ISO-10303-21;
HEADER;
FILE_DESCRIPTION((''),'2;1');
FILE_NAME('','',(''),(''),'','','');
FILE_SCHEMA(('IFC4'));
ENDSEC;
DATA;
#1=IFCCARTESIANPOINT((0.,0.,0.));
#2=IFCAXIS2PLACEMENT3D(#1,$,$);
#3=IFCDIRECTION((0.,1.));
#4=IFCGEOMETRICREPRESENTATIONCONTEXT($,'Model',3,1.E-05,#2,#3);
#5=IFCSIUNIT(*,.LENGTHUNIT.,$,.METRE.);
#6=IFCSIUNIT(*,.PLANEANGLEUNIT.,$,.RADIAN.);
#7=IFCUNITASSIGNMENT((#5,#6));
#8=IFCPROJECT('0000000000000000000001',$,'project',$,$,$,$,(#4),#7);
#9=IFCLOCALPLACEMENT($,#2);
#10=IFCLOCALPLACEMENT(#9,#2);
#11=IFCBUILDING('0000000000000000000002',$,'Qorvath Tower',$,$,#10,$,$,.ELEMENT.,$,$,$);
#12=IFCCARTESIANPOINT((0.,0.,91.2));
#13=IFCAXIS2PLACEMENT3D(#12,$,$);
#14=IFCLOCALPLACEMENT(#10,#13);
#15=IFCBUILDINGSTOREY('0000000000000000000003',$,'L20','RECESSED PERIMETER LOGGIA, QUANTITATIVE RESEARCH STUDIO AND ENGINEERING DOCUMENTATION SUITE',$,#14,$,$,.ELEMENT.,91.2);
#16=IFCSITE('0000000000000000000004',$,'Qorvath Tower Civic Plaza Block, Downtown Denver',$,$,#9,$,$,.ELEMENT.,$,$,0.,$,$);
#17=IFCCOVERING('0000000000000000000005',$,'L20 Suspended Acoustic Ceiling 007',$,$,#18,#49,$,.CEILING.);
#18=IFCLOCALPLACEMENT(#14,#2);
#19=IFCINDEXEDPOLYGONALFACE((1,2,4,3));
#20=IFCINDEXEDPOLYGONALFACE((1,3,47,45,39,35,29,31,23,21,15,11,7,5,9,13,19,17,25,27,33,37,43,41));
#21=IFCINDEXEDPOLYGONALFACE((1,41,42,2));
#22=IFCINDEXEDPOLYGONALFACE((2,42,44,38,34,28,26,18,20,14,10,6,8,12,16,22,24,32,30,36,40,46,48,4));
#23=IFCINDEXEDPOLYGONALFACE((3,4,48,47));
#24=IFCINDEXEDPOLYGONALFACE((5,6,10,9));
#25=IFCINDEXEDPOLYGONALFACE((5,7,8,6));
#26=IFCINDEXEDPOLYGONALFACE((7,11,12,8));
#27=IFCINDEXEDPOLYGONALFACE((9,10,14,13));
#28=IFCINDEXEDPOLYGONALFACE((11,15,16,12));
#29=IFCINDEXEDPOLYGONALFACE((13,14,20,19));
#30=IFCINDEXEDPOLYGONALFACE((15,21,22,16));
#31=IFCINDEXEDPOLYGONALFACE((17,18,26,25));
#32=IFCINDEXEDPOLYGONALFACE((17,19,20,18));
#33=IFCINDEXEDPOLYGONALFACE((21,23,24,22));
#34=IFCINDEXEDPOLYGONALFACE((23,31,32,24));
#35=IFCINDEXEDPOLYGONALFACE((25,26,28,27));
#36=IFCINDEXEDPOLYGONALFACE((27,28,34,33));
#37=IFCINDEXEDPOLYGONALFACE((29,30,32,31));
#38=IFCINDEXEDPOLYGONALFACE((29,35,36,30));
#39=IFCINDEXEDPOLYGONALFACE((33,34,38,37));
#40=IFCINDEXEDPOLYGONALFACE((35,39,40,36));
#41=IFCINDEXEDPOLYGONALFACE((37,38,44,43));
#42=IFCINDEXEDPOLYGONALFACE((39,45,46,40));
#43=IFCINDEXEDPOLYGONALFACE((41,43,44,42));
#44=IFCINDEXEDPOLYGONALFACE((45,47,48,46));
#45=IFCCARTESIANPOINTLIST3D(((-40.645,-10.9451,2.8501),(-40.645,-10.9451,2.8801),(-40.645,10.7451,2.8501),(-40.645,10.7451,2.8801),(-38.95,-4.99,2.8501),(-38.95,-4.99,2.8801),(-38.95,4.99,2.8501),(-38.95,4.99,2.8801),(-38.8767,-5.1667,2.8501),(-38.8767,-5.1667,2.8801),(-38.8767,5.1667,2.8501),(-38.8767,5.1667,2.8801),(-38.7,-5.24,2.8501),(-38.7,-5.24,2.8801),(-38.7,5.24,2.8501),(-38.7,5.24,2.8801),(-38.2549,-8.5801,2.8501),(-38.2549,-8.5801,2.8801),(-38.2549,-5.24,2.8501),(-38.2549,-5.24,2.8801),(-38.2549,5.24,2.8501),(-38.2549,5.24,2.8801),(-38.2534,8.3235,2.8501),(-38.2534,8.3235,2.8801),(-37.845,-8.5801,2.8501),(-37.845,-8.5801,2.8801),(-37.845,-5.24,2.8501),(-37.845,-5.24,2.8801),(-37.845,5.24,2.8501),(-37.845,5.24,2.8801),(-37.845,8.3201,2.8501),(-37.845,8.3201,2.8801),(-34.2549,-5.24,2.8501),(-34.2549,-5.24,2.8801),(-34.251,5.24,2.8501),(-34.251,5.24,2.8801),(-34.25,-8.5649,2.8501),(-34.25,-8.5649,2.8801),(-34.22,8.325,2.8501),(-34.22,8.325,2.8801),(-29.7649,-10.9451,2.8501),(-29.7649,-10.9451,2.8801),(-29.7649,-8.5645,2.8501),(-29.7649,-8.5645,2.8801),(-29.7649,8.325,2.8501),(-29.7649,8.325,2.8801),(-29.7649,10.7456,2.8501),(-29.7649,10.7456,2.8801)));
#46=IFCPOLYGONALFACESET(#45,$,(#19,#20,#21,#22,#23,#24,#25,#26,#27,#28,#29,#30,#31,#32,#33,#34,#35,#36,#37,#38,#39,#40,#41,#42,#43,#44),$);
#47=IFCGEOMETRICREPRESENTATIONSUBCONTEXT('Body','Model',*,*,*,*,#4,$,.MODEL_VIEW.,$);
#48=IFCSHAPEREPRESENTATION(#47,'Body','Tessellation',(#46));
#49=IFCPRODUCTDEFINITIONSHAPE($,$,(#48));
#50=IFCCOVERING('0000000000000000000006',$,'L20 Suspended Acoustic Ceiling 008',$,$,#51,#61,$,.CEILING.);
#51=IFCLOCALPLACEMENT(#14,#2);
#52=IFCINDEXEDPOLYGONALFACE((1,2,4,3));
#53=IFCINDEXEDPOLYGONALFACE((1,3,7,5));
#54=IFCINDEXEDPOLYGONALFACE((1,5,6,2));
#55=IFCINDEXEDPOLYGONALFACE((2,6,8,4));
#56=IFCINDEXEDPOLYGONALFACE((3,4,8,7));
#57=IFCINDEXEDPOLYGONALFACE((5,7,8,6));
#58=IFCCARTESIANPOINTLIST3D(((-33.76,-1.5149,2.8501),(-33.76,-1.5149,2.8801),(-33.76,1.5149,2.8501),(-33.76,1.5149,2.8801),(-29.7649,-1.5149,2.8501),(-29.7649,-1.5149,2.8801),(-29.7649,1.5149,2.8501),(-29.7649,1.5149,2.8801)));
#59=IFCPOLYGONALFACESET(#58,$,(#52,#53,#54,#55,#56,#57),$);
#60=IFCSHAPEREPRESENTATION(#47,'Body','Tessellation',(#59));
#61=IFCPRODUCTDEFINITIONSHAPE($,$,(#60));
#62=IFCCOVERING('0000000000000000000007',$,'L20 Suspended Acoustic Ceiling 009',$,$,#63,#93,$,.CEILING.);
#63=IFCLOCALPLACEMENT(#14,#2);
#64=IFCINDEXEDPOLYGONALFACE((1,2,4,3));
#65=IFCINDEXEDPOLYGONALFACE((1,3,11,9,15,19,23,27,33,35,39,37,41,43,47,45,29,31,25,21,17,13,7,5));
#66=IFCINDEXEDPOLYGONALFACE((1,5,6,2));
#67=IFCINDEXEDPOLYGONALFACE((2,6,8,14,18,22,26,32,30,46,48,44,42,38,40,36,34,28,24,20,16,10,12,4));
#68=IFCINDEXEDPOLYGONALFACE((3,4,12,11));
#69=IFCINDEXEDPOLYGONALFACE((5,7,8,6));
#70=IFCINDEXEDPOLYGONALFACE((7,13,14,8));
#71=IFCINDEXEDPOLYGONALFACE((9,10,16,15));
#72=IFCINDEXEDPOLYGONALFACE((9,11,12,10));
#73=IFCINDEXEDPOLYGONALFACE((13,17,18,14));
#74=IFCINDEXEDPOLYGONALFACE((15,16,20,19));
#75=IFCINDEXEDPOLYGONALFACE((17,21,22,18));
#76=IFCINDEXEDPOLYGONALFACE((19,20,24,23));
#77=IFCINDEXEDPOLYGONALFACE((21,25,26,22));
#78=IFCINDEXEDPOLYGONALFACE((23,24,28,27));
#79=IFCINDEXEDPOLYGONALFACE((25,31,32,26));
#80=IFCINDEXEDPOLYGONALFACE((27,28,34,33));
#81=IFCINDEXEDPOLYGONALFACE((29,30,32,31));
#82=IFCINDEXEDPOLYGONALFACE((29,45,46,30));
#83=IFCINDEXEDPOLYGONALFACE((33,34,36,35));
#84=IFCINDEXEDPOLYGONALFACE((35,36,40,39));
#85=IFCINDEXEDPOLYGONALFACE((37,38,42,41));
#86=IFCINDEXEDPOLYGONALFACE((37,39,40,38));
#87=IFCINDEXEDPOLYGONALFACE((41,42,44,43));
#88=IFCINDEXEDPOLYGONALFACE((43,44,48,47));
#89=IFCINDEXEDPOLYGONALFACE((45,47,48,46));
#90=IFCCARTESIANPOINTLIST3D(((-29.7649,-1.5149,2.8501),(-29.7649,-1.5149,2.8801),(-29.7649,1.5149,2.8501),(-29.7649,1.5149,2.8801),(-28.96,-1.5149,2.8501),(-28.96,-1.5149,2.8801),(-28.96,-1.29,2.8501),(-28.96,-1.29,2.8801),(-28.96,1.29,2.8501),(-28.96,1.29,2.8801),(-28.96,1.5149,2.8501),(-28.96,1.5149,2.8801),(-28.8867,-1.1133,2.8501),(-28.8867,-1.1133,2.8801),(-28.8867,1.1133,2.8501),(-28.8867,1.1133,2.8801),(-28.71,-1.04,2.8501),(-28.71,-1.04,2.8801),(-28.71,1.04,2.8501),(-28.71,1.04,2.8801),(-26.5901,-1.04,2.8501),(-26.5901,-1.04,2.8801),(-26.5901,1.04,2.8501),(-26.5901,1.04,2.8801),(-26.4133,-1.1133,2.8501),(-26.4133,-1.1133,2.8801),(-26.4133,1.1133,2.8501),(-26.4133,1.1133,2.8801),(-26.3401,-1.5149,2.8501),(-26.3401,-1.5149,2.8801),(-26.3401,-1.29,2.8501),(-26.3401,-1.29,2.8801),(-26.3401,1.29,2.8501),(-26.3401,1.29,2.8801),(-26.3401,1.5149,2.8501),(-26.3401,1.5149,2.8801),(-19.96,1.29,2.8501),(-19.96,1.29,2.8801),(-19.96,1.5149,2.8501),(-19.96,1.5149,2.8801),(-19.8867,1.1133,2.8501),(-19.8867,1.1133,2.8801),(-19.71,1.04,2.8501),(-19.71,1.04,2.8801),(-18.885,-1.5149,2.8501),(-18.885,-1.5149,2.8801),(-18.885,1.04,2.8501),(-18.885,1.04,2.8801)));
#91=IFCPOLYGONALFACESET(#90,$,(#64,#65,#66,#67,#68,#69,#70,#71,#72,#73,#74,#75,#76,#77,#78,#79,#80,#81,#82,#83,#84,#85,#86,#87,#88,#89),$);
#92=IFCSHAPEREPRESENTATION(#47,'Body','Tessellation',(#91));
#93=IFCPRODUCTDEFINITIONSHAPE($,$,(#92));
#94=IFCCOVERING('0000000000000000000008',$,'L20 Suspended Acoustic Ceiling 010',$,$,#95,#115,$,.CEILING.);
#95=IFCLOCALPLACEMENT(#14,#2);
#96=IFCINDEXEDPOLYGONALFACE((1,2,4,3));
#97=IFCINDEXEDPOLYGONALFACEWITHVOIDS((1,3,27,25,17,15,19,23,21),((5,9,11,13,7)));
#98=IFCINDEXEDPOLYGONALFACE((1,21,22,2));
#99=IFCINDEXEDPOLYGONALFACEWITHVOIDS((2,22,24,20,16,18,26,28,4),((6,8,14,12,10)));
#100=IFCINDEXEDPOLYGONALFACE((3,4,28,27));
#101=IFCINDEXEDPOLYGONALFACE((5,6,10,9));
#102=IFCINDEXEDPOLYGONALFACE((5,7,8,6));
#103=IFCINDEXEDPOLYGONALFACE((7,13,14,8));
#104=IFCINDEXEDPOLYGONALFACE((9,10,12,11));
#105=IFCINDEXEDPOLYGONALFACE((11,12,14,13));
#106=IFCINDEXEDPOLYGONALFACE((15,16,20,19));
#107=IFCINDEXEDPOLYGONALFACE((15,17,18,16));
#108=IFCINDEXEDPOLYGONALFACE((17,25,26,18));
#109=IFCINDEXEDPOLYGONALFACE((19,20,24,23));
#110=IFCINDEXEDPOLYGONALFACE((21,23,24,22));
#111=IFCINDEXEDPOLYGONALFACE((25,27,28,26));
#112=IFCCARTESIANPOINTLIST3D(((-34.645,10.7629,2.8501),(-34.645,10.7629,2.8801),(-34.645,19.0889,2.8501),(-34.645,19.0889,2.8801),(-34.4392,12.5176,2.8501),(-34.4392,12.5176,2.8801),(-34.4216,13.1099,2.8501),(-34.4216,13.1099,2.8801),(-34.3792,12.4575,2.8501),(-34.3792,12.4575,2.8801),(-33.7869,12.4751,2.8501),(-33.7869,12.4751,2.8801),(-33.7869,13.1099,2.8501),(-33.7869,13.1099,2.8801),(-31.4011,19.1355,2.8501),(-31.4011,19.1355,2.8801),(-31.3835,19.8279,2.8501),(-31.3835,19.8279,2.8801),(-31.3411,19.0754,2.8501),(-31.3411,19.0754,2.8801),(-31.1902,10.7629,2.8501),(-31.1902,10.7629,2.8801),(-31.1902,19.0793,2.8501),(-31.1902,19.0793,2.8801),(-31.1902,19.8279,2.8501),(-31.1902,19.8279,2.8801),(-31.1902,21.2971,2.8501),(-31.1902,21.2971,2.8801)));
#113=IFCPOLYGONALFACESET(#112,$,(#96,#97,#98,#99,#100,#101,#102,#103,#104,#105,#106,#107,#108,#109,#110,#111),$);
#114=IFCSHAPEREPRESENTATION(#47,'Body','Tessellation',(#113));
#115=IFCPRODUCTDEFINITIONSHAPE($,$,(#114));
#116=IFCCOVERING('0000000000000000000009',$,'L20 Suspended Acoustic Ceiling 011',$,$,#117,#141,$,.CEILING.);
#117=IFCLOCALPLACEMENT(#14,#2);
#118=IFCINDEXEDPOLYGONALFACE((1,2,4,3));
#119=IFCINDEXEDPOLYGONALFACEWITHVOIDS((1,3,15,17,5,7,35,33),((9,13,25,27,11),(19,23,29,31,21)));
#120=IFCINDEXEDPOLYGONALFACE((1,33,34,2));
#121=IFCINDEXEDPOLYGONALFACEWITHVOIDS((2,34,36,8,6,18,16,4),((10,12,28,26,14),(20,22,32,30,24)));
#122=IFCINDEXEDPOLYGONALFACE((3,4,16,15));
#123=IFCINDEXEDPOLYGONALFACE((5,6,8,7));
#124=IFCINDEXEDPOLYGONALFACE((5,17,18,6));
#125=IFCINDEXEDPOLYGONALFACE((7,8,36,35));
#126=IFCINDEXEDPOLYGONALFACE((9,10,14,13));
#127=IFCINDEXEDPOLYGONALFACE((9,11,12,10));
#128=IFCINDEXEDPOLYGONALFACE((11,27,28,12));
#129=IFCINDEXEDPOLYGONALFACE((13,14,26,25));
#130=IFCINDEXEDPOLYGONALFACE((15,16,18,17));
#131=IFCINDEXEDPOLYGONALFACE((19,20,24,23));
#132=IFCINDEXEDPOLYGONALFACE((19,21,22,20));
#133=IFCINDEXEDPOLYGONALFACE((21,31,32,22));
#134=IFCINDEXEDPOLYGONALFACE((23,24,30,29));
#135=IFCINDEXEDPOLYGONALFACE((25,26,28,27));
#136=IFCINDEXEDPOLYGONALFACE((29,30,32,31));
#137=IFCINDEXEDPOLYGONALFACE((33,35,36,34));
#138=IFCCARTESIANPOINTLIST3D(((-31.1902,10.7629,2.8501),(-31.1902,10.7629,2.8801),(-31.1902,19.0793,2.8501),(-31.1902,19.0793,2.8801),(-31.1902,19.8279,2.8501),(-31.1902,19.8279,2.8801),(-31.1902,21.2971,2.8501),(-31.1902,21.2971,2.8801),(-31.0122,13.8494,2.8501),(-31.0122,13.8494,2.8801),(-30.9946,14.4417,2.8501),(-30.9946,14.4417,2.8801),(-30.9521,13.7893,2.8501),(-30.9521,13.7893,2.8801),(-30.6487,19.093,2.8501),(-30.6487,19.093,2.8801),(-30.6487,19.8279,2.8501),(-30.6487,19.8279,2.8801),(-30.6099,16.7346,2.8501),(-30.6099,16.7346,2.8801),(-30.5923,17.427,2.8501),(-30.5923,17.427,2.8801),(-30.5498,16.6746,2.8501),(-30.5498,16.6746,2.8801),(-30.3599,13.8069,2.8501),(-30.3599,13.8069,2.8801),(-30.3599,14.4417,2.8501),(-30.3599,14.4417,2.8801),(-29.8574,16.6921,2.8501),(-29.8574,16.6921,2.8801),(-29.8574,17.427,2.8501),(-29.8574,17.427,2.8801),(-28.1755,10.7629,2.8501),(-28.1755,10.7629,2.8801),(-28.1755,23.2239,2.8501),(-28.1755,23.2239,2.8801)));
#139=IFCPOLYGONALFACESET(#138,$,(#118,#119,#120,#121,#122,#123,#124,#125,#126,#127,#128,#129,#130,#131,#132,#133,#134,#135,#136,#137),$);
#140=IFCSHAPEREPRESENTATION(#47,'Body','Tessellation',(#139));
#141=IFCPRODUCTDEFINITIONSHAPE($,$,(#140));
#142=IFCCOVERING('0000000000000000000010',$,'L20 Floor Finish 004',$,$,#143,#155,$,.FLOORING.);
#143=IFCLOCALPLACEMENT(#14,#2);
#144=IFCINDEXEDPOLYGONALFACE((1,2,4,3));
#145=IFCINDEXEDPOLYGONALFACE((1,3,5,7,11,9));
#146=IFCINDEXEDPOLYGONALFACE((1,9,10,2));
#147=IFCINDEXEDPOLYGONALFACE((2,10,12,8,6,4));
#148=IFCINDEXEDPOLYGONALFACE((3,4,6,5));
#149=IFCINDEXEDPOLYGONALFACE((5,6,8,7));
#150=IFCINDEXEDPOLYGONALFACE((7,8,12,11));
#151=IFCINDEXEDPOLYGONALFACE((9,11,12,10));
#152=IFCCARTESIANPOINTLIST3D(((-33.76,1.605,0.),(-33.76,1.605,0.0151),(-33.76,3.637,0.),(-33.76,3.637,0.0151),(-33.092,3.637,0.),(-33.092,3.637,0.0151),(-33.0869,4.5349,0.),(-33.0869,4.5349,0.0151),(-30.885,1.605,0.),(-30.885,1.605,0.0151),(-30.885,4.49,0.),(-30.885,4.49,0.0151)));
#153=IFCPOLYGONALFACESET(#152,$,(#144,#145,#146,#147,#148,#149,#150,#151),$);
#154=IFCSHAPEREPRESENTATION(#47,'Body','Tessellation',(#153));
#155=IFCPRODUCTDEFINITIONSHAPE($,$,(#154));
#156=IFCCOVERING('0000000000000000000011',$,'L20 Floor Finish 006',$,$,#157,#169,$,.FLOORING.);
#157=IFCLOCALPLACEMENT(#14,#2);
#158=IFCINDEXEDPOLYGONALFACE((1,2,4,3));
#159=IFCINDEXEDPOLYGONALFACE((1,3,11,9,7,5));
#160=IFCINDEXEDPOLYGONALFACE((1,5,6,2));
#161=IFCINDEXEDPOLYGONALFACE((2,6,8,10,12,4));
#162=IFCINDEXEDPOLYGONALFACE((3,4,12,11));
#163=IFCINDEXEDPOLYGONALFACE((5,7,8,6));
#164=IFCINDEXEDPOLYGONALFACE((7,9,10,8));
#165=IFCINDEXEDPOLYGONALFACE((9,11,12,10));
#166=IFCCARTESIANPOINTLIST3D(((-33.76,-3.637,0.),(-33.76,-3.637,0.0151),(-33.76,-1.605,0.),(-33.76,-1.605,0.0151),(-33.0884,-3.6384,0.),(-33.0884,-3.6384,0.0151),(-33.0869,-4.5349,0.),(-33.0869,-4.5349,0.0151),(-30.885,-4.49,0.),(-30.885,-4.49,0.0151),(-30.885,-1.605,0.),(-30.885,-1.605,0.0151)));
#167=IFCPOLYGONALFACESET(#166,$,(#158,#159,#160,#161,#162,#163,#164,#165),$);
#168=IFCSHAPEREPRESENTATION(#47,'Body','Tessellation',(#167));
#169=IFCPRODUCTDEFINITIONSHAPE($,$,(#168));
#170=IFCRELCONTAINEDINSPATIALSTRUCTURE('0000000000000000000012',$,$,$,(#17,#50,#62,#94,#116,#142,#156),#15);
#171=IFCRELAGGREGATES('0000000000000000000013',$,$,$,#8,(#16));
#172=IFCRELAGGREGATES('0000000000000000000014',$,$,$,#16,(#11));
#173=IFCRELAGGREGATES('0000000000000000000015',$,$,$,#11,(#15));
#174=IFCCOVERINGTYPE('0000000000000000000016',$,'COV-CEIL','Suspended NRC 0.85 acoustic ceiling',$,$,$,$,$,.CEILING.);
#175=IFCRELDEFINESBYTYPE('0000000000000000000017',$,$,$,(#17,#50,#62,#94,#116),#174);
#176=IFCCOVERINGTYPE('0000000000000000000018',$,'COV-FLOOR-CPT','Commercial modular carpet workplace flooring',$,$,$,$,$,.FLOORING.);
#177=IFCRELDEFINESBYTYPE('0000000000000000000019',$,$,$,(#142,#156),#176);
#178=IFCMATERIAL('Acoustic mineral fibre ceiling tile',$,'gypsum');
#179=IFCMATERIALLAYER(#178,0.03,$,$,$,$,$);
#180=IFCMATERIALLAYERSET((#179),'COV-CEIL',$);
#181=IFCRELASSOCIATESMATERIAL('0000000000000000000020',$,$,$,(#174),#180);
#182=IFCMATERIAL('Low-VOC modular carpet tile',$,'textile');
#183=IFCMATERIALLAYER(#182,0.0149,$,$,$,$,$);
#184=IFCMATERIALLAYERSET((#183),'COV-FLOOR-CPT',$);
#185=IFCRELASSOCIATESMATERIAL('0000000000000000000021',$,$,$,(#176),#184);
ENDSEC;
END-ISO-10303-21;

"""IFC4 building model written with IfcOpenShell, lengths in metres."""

from ifc_helpers import new_model, si_unit, direction, frame, origin, place, context, subcontext, project, spatial, polyline, outline, extrude, material, layer, layer_set, type_object, element, save


model = new_model("IFC4")

# Units and contexts
model_context = context("Model", 3, precision=1e-05, world=origin(), true_north=direction((0.0, 1.0)))
body_context = subcontext(model_context, "Body", "Model", "MODEL_VIEW")
ifc_project = project(units=[si_unit("LENGTHUNIT", "METRE"), si_unit("PLANEANGLEUNIT", "RADIAN")], contexts=[model_context])

# Site, building, storey
site_placement = place(None, origin())
site = spatial("IfcSite", under=ifc_project, at=site_placement, Name="Qorvath Tower Civic Plaza Block, Downtown Denver", CompositionType="ELEMENT", RefElevation=0.0)
building_placement = place(site_placement, origin())
building = spatial("IfcBuilding", under=site, at=building_placement, Name="Qorvath Tower", CompositionType="ELEMENT")
storey_placement = place(building_placement, frame((0.0, 0.0, 91.2)))
storey = spatial("IfcBuildingStorey", under=building, at=storey_placement, Name="L20", Description="RECESSED PERIMETER LOGGIA, QUANTITATIVE RESEARCH STUDIO AND ENGINEERING DOCUMENTATION SUITE", CompositionType="ELEMENT", Elevation=91.2)

# Coverings
ifc_material_1 = material(Name="Acoustic mineral fibre ceiling tile", Category="gypsum")
ifc_layer_1 = layer(ifc_material_1, 0.03)
ifc_layer_set_1 = layer_set([ifc_layer_1], Name="COV-CEIL")
covering_type_1 = type_object("IfcCoveringType", Name="COV-CEIL", Description="Suspended NRC 0.85 acoustic ceiling", PredefinedType="CEILING", material=ifc_layer_set_1)
covering_1_placement = place(storey_placement, frame((0.0, 0.0, 2.8501)))
element("IfcCovering", 1, at=covering_1_placement, inside=storey, type_object=covering_type_1, Name="L20 Suspended Acoustic Ceiling 007", PredefinedType="CEILING", context=body_context, shape_type="SweptSolid", body=[
    extrude(outline(polyline([(-29.7649, -10.9451), (-29.7649, -8.5645), (-34.25, -8.5649), (-34.2549, -5.24), (-37.845, -5.24), (-37.845, -8.5801), (-38.2549, -8.5801), (-38.2549, -5.24), (-38.7, -5.24), (-38.8767, -5.1667), (-38.95, -4.99), (-38.95, 4.99), (-38.8767, 5.1667), (-38.7, 5.24), (-38.2549, 5.24), (-38.2534, 8.3235), (-37.845, 8.3201), (-37.845, 5.24), (-34.251, 5.24), (-34.22, 8.325), (-29.7649, 8.325), (-29.7649, 10.7456), (-40.645, 10.7451), (-40.645, -10.9451), (-29.7649, -10.9451)])), origin(), (0.0, 0.0, 1.0), 0.03),
])
covering_2_placement = place(storey_placement, frame((0.0, 0.0, 2.8501)))
element("IfcCovering", 2, at=covering_2_placement, inside=storey, type_object=covering_type_1, Name="L20 Suspended Acoustic Ceiling 008", PredefinedType="CEILING", context=body_context, shape_type="SweptSolid", body=[
    extrude(outline(polyline([(-29.7649, -1.5149), (-29.7649, 1.5149), (-33.76, 1.5149), (-33.76, -1.5149), (-29.7649, -1.5149)])), origin(), (0.0, 0.0, 1.0), 0.03),
])
covering_3_placement = place(storey_placement, frame((0.0, 0.0, 2.8501)))
element("IfcCovering", 3, at=covering_3_placement, inside=storey, type_object=covering_type_1, Name="L20 Suspended Acoustic Ceiling 009", PredefinedType="CEILING", context=body_context, shape_type="SweptSolid", body=[
    extrude(outline(polyline([(-18.885, -1.5149), (-18.885, 1.04), (-19.71, 1.04), (-19.8867, 1.1133), (-19.96, 1.29), (-19.96, 1.5149), (-26.3401, 1.5149), (-26.3401, 1.29), (-26.4133, 1.1133), (-26.5901, 1.04), (-28.71, 1.04), (-28.8867, 1.1133), (-28.96, 1.29), (-28.96, 1.5149), (-29.7649, 1.5149), (-29.7649, -1.5149), (-28.96, -1.5149), (-28.96, -1.29), (-28.8867, -1.1133), (-28.71, -1.04), (-26.5901, -1.04), (-26.4133, -1.1133), (-26.3401, -1.29), (-26.3401, -1.5149), (-18.885, -1.5149)])), origin(), (0.0, 0.0, 1.0), 0.03),
])
covering_4_placement = place(storey_placement, frame((0.0, 0.0, 2.8501)))
element("IfcCovering", 4, at=covering_4_placement, inside=storey, type_object=covering_type_1, Name="L20 Suspended Acoustic Ceiling 010", PredefinedType="CEILING", context=body_context, shape_type="SweptSolid", body=[
    extrude(outline(polyline([(-31.1902, 10.7629), (-31.1902, 19.0793), (-31.3411, 19.0754), (-31.4011, 19.1355), (-31.3835, 19.8279), (-31.1902, 19.8279), (-31.1902, 21.2971), (-34.645, 19.0889), (-34.645, 10.7629), (-31.1902, 10.7629)]), holes=[polyline([(-34.4392, 12.5176), (-34.4216, 13.1099), (-33.7869, 13.1099), (-33.7869, 12.4751), (-34.3792, 12.4575), (-34.4392, 12.5176)])]), origin(), (0.0, 0.0, 1.0), 0.03),
])
covering_5_placement = place(storey_placement, frame((0.0, 0.0, 2.8501)))
element("IfcCovering", 5, at=covering_5_placement, inside=storey, type_object=covering_type_1, Name="L20 Suspended Acoustic Ceiling 011", PredefinedType="CEILING", context=body_context, shape_type="SweptSolid", body=[
    extrude(outline(polyline([(-28.1755, 10.7629), (-28.1755, 23.2239), (-31.1902, 21.2971), (-31.1902, 19.8279), (-30.6487, 19.8279), (-30.6487, 19.093), (-31.1902, 19.0793), (-31.1902, 10.7629), (-28.1755, 10.7629)]), holes=[polyline([(-30.6099, 16.7346), (-30.5923, 17.427), (-29.8574, 17.427), (-29.8574, 16.6921), (-30.5498, 16.6746), (-30.6099, 16.7346)]), polyline([(-31.0122, 13.8494), (-30.9946, 14.4417), (-30.3599, 14.4417), (-30.3599, 13.8069), (-30.9521, 13.7893), (-31.0122, 13.8494)])]), origin(), (0.0, 0.0, 1.0), 0.03),
])
ifc_material_2 = material(Name="Low-VOC modular carpet tile", Category="textile")
ifc_layer_2 = layer(ifc_material_2, 0.0149)
ifc_layer_set_2 = layer_set([ifc_layer_2], Name="COV-FLOOR-CPT")
covering_type_2 = type_object("IfcCoveringType", Name="COV-FLOOR-CPT", Description="Commercial modular carpet workplace flooring", PredefinedType="FLOORING", material=ifc_layer_set_2)
covering_6_placement = place(storey_placement, origin())
element("IfcCovering", 6, at=covering_6_placement, inside=storey, type_object=covering_type_2, Name="L20 Floor Finish 004", PredefinedType="FLOORING", context=body_context, shape_type="SweptSolid", body=[
    extrude(outline(polyline([(-33.76, 3.637), (-33.76, 1.605), (-30.885, 1.605), (-30.885, 4.49), (-33.0869, 4.5349), (-33.092, 3.637), (-33.76, 3.637)])), origin(), (0.0, 0.0, 1.0), 0.0151),
])
covering_7_placement = place(storey_placement, origin())
element("IfcCovering", 7, at=covering_7_placement, inside=storey, type_object=covering_type_2, Name="L20 Floor Finish 006", PredefinedType="FLOORING", context=body_context, shape_type="SweptSolid", body=[
    extrude(outline(polyline([(-30.885, -1.605), (-33.76, -1.605), (-33.76, -3.637), (-33.0884, -3.6384), (-33.0869, -4.5349), (-30.885, -4.49), (-30.885, -1.605)])), origin(), (0.0, 0.0, 1.0), 0.0151),
])

save(model, "model.ifc")
